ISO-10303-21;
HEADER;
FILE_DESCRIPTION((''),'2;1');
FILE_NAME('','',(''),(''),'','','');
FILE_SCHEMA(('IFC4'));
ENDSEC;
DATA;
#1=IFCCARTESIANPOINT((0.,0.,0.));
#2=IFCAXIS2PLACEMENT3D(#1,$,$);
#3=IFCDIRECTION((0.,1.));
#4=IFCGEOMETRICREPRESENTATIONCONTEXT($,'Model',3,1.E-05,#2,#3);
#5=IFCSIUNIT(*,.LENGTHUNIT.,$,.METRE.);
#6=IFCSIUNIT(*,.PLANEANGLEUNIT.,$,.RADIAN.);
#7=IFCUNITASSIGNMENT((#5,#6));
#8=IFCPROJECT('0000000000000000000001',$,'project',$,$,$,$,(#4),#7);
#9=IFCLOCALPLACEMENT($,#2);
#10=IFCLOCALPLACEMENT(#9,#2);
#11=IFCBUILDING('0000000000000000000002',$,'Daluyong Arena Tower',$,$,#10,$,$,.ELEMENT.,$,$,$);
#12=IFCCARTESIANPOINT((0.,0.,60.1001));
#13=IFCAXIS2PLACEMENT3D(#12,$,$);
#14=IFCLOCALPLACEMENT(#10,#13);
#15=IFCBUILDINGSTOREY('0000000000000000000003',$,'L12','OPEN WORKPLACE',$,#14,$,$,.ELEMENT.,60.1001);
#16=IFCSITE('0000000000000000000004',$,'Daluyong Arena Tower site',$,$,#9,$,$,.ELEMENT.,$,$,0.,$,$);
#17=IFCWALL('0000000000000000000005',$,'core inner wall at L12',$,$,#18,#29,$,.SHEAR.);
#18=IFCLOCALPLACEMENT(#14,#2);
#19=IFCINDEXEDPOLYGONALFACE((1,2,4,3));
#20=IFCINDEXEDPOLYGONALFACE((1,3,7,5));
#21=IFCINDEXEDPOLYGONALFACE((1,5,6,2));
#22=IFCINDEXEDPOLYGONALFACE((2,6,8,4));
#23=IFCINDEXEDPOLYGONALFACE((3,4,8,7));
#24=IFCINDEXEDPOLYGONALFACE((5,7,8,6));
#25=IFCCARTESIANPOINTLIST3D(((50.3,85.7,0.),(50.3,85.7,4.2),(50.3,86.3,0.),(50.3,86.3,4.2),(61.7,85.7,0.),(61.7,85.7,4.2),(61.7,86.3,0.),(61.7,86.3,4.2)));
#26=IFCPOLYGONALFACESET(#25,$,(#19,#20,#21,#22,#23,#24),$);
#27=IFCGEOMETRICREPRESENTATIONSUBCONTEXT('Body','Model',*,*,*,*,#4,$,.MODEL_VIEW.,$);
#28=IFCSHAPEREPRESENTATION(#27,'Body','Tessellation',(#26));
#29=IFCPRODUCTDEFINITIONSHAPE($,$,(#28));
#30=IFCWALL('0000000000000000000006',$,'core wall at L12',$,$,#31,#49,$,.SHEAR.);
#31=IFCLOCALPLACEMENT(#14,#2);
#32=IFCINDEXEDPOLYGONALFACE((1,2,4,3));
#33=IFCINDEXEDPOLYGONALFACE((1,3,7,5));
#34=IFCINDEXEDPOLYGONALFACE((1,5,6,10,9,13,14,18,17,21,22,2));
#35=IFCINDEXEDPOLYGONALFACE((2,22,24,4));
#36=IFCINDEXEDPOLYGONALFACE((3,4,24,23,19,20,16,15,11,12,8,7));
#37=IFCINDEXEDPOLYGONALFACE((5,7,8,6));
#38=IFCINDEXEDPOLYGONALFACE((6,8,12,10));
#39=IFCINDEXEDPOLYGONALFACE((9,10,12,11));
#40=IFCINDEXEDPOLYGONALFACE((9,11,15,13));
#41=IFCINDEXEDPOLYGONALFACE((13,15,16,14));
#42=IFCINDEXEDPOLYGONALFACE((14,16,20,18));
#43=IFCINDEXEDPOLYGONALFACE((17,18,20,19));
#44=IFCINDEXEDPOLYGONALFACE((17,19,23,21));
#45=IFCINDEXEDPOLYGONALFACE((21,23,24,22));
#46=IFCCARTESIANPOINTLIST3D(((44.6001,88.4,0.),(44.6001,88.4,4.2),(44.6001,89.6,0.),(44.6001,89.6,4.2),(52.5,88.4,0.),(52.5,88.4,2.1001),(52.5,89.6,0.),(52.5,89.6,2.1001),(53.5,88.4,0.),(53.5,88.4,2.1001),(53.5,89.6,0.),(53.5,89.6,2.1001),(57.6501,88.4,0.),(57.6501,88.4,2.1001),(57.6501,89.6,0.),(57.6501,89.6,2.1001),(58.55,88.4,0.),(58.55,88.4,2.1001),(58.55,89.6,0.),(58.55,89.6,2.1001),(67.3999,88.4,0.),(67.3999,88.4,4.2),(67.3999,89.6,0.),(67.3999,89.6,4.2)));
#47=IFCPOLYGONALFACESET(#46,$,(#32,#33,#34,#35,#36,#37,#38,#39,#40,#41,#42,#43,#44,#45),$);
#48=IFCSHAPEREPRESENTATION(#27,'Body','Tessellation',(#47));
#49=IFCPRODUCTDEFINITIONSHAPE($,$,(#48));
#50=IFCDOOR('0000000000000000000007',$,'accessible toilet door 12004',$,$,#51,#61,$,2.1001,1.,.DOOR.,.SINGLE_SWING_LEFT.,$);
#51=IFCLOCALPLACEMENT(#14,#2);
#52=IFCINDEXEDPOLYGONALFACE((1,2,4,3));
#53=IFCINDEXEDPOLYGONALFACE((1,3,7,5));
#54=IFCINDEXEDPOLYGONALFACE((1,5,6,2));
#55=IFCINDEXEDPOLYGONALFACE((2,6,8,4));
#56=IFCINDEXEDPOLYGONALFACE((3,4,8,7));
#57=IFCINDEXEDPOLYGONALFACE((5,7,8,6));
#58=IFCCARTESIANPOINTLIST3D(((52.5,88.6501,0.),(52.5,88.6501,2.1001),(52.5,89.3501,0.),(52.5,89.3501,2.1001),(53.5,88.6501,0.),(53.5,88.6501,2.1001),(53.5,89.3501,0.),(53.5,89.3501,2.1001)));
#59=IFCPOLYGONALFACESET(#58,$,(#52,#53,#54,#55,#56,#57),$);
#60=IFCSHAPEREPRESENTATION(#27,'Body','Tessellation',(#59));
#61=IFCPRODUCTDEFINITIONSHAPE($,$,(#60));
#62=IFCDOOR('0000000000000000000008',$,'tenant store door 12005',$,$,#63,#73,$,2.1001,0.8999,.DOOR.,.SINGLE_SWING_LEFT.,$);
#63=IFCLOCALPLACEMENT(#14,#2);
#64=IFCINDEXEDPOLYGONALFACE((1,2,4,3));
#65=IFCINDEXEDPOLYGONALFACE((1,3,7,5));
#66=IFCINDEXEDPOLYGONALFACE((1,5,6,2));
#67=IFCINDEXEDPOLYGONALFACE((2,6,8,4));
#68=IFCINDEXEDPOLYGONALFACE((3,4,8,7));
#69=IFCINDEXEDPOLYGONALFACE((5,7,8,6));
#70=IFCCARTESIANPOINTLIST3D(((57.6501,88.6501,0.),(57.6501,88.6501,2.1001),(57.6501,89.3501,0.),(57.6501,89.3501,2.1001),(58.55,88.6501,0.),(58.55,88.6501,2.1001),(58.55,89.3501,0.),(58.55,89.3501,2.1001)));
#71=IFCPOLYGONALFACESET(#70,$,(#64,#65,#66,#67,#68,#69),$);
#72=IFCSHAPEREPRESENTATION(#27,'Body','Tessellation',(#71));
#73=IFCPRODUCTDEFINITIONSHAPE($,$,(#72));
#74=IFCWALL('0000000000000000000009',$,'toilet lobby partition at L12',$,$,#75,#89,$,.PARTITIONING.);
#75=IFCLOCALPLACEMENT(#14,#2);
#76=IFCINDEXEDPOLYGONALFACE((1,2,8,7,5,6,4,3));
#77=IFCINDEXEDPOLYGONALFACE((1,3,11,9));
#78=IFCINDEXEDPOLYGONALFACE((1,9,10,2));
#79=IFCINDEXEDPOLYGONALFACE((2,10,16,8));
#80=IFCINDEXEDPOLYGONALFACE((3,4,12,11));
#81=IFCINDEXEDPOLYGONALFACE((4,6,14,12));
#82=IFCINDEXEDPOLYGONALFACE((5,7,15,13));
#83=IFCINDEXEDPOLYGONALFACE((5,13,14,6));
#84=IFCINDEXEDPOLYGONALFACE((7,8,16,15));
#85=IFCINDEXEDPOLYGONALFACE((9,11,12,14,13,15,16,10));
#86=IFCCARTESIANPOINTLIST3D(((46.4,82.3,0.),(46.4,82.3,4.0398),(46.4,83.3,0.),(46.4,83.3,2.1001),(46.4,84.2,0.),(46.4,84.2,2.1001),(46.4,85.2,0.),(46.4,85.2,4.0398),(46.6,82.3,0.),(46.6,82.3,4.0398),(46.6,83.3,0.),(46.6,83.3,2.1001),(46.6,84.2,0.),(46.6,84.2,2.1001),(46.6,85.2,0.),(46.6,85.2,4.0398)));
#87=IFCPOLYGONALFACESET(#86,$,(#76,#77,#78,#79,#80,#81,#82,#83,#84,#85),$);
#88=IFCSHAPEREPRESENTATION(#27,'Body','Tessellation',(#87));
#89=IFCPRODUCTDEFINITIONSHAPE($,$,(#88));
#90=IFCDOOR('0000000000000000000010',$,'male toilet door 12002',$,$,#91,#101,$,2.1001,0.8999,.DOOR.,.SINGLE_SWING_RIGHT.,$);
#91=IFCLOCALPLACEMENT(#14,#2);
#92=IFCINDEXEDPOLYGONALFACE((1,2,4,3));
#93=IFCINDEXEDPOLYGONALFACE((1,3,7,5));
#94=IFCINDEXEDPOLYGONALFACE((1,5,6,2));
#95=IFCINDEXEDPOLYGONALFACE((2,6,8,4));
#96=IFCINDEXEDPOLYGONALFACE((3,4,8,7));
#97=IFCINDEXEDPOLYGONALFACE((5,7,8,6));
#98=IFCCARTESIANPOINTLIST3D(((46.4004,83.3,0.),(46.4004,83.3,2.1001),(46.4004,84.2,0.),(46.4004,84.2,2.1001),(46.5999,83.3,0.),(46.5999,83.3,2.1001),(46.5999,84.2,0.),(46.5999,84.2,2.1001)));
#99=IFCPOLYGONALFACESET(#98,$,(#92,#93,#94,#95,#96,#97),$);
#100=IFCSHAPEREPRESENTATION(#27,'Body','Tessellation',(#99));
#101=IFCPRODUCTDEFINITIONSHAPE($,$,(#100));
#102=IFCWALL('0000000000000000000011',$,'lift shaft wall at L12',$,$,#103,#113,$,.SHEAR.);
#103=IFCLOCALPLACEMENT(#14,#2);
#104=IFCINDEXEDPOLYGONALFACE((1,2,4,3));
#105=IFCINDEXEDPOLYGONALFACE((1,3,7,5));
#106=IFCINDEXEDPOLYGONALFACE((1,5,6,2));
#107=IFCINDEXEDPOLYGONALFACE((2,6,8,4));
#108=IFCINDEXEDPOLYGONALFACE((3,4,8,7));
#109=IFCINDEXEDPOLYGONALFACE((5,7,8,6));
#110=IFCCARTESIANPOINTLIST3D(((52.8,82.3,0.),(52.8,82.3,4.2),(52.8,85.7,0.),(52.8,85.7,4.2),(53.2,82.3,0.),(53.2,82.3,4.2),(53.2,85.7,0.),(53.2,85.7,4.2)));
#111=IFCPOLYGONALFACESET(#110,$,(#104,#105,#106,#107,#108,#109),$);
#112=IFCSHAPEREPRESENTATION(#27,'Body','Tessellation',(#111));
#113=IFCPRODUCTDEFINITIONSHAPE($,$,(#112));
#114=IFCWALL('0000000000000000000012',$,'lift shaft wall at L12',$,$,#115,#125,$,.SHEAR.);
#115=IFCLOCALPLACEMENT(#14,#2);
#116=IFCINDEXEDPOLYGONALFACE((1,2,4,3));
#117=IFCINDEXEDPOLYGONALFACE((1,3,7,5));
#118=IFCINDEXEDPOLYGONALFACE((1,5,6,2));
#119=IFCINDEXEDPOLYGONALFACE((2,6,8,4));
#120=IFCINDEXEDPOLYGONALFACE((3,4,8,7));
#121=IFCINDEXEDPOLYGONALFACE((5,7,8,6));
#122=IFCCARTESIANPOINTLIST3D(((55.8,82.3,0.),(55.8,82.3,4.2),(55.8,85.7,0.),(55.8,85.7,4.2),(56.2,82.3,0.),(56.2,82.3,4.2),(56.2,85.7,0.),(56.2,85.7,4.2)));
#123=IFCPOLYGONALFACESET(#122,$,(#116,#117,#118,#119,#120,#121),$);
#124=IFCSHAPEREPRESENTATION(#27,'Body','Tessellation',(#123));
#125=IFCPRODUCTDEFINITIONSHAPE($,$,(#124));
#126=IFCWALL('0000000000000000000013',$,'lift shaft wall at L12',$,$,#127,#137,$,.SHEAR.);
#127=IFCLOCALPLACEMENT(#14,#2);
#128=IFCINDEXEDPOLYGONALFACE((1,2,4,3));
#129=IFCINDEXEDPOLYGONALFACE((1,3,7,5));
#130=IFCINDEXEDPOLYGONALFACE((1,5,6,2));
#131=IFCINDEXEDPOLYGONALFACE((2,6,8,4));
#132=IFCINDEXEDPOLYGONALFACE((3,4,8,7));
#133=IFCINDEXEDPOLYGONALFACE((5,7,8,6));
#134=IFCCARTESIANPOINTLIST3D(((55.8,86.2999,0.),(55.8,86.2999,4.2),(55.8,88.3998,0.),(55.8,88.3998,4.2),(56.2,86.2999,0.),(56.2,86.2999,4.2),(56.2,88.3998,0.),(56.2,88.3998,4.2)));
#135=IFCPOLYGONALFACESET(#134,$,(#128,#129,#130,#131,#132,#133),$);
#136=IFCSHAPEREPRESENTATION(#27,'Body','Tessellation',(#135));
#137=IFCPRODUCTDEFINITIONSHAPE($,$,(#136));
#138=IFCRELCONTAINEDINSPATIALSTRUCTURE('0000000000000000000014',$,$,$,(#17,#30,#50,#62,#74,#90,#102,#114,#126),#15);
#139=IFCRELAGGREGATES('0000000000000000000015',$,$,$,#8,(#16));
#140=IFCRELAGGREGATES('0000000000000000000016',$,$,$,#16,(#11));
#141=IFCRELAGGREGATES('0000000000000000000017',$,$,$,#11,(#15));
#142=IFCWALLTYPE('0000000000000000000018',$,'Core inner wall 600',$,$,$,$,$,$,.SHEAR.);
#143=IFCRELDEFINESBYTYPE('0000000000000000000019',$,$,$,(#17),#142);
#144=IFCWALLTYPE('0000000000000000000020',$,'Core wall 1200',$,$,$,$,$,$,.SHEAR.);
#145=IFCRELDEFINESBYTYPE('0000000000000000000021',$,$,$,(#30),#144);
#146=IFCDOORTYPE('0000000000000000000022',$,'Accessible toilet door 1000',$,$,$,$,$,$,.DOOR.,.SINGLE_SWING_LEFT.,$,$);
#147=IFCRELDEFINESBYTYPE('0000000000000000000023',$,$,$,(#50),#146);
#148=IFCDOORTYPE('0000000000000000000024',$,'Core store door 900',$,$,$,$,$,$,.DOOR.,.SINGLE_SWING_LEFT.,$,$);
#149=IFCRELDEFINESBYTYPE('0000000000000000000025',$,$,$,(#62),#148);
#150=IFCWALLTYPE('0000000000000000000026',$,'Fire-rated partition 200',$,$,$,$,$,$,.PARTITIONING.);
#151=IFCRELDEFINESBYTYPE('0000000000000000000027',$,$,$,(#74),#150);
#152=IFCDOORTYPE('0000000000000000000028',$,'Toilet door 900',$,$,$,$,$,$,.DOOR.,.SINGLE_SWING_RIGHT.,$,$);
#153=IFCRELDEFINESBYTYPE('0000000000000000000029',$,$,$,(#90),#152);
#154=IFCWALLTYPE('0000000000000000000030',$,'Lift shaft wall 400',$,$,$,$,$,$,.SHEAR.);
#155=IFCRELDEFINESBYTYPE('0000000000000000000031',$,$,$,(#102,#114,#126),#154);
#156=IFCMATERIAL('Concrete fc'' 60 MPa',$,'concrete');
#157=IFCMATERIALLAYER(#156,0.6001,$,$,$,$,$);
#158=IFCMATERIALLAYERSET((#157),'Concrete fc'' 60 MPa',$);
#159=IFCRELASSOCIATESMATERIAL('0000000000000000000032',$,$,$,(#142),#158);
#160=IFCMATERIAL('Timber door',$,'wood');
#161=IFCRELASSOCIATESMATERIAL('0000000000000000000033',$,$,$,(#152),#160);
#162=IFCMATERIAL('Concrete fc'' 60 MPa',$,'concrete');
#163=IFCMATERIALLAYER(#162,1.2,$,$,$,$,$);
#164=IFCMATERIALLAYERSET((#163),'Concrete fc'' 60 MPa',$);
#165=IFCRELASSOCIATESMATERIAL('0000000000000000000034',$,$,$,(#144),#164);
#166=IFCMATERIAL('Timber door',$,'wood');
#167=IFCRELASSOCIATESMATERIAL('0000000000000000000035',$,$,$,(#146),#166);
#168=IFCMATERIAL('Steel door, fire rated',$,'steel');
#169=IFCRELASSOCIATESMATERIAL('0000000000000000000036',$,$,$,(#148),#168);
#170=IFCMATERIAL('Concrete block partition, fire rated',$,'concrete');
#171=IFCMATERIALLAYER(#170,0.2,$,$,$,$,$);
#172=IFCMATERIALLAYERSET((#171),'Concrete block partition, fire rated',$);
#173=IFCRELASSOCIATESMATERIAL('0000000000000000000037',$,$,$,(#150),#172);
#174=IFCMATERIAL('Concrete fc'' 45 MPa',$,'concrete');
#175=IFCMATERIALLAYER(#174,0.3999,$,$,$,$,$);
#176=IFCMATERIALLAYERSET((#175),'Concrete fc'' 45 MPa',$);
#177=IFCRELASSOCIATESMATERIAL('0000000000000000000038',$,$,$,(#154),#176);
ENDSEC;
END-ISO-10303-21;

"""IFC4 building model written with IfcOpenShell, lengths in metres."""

from ifc_helpers import new_model, si_unit, direction, frame, frame_2d, origin, place, context, subcontext, project, spatial, rectangle, extrude, material, layer, layer_set, type_object, element, fill, save


model = new_model("IFC4")

# Units and contexts
model_context = context("Model", 3, precision=1e-05, world=origin(), true_north=direction((0.0, 1.0)))
body_context = subcontext(model_context, "Body", "Model", "MODEL_VIEW")
ifc_project = project(units=[si_unit("LENGTHUNIT", "METRE"), si_unit("PLANEANGLEUNIT", "RADIAN")], contexts=[model_context])

# Site, building, storey
site_placement = place(None, origin())
site = spatial("IfcSite", under=ifc_project, at=site_placement, Name="Daluyong Arena Tower site", CompositionType="ELEMENT", RefElevation=0.0)
building_placement = place(site_placement, origin())
building = spatial("IfcBuilding", under=site, at=building_placement, Name="Daluyong Arena Tower", CompositionType="ELEMENT")
storey_placement = place(building_placement, frame((0.0, 0.0, 60.1001)))
storey = spatial("IfcBuildingStorey", under=building, at=storey_placement, Name="L12", Description="OPEN WORKPLACE", CompositionType="ELEMENT", Elevation=60.1001)

# Shared definitions
ifc_material_1 = material(Name="Concrete fc' 60 MPa", Category="concrete")
ifc_layer_1 = layer(ifc_material_1, 0.6001)
ifc_layer_set_1 = layer_set([ifc_layer_1], Name="Concrete fc' 60 MPa")
wall_type_1 = type_object("IfcWallType", Name="Core inner wall 600", PredefinedType="SHEAR", material=ifc_layer_set_1)
ifc_material_2 = material(Name="Timber door", Category="wood")
door_type_1 = type_object("IfcDoorType", Name="Toilet door 900", OperationType="SINGLE_SWING_RIGHT", PredefinedType="DOOR", material=ifc_material_2)

# Wall
for number, where, z_axis, x_axis, name in (
    (1, (50.3, 86.0, 0.0), (0.0, 0.0, 1.0), (1.0, 0.0, 0.0), "core inner wall at L12"),
):
    element("IfcWall", number, at=place(storey_placement, frame(where, z_axis=z_axis, x_axis=x_axis)), inside=storey, type_object=wall_type_1, Name=name, PredefinedType="SHEAR", context=body_context, shape_type="SweptSolid", body=[
        extrude(rectangle(XDim=11.3999, YDim=0.6001, at=frame_2d((5.7, 0.0))), origin(), (0.0, 0.0, 1.0), 4.2),
    ])

# Wall, openings, doors
ifc_material_3 = material(Name="Concrete fc' 60 MPa", Category="concrete")
ifc_layer_2 = layer(ifc_material_3, 1.2)
ifc_layer_set_2 = layer_set([ifc_layer_2], Name="Concrete fc' 60 MPa")
wall_type_2 = type_object("IfcWallType", Name="Core wall 1200", PredefinedType="SHEAR", material=ifc_layer_set_2)
wall_1_placement = place(storey_placement, frame((44.6001, 89.0, 0.0), z_axis=(0.0, 0.0, 1.0), x_axis=(1.0, 0.0, 0.0)))
wall_1 = element("IfcWall", 2, at=wall_1_placement, inside=storey, type_object=wall_type_2, Name="core wall at L12", PredefinedType="SHEAR", context=body_context, shape_type="SweptSolid", body=[
    extrude(rectangle(XDim=22.7998, YDim=1.2, at=frame_2d((11.3999, 0.0))), origin(), (0.0, 0.0, 1.0), 4.2),
])
opening_1_placement = place(wall_1_placement, frame((7.8999, 0.0, 0.0)))
opening_1 = element("IfcOpeningElement", 3, at=opening_1_placement, cuts=wall_1, PredefinedType="OPENING", context=body_context, shape_type="SweptSolid", body=[
    extrude(rectangle(XDim=1.0, YDim=2.1001, at=frame_2d((0.5, 1.05))), frame((0.0, 0.6099, 0.0), z_axis=(0.0, -1.0, 0.0), x_axis=(1.0, 0.0, 0.0)), (0.0, 0.0, 1.0), 1.22),
])
opening_2_placement = place(wall_1_placement, frame((13.05, 0.0, 0.0)))
opening_2 = element("IfcOpeningElement", 4, at=opening_2_placement, cuts=wall_1, PredefinedType="OPENING", context=body_context, shape_type="SweptSolid", body=[
    extrude(rectangle(XDim=0.8999, YDim=2.1001, at=frame_2d((0.45, 1.05))), frame((0.0, 0.6099, 0.0), z_axis=(0.0, -1.0, 0.0), x_axis=(1.0, 0.0, 0.0)), (0.0, 0.0, 1.0), 1.22),
])
ifc_material_4 = material(Name="Timber door", Category="wood")
door_type_2 = type_object("IfcDoorType", Name="Accessible toilet door 1000", OperationType="SINGLE_SWING_LEFT", PredefinedType="DOOR", material=ifc_material_4)
door_1_placement = place(opening_1_placement, origin())
door_1 = element("IfcDoor", 5, at=door_1_placement, inside=storey, type_object=door_type_2, Name="accessible toilet door 12004", OperationType="SINGLE_SWING_LEFT", OverallHeight=2.1001, OverallWidth=1.0, PredefinedType="DOOR", context=body_context, shape_type="SweptSolid", body=[
    extrude(rectangle(XDim=1.0, YDim=2.1001, at=frame_2d((0.5, 1.05))), frame((0.0, 0.3501, 0.0), z_axis=(0.0, -1.0, 0.0), x_axis=(1.0, 0.0, 0.0)), (0.0, 0.0, 1.0), 0.7),
])
fill(opening_1, door_1)
ifc_material_5 = material(Name="Steel door, fire rated", Category="steel")
door_type_3 = type_object("IfcDoorType", Name="Core store door 900", OperationType="SINGLE_SWING_LEFT", PredefinedType="DOOR", material=ifc_material_5)
door_2_placement = place(opening_2_placement, origin())
door_2 = element("IfcDoor", 6, at=door_2_placement, inside=storey, type_object=door_type_3, Name="tenant store door 12005", OperationType="SINGLE_SWING_LEFT", OverallHeight=2.1001, OverallWidth=0.8999, PredefinedType="DOOR", context=body_context, shape_type="SweptSolid", body=[
    extrude(rectangle(XDim=0.8999, YDim=2.1001, at=frame_2d((0.45, 1.05))), frame((0.0, 0.3501, 0.0), z_axis=(0.0, -1.0, 0.0), x_axis=(1.0, 0.0, 0.0)), (0.0, 0.0, 1.0), 0.7),
])
fill(opening_2, door_2)

# Wall, opening, door
ifc_material_6 = material(Name="Concrete block partition, fire rated", Category="concrete")
ifc_layer_3 = layer(ifc_material_6, 0.2)
ifc_layer_set_3 = layer_set([ifc_layer_3], Name="Concrete block partition, fire rated")
wall_type_3 = type_object("IfcWallType", Name="Fire-rated partition 200", PredefinedType="PARTITIONING", material=ifc_layer_set_3)
wall_2_placement = place(storey_placement, frame((46.5, 82.3, 0.0), z_axis=(0.0, 0.0, 1.0), x_axis=(0.0, 1.0, 0.0)))
wall_2 = element("IfcWall", 7, at=wall_2_placement, inside=storey, type_object=wall_type_3, Name="toilet lobby partition at L12", PredefinedType="PARTITIONING", context=body_context, shape_type="SweptSolid", body=[
    extrude(rectangle(XDim=2.8999, YDim=0.2, at=frame_2d((1.45, 0.0))), origin(), (0.0, 0.0, 1.0), 4.0398),
])
opening_3_placement = place(wall_2_placement, frame((1.0, 0.0, 0.0)))
opening_3 = element("IfcOpeningElement", 8, at=opening_3_placement, cuts=wall_2, PredefinedType="OPENING", context=body_context, shape_type="SweptSolid", body=[
    extrude(rectangle(XDim=0.8999, YDim=2.1001, at=frame_2d((0.45, 1.05))), frame((0.0, 0.1099, 0.0), z_axis=(0.0, -1.0, 0.0), x_axis=(1.0, 0.0, 0.0)), (0.0, 0.0, 1.0), 0.22),
])
door_3_placement = place(opening_3_placement, origin())
door_3 = element("IfcDoor", 9, at=door_3_placement, inside=storey, type_object=door_type_1, Name="male toilet door 12002", OperationType="SINGLE_SWING_RIGHT", OverallHeight=2.1001, OverallWidth=0.8999, PredefinedType="DOOR", context=body_context, shape_type="SweptSolid", body=[
    extrude(rectangle(XDim=0.8999, YDim=2.1001, at=frame_2d((0.45, 1.05))), frame((0.0, 0.0996, 0.0), z_axis=(0.0, -1.0, 0.0), x_axis=(1.0, 0.0, 0.0)), (0.0, 0.0, 1.0), 0.1995),
])
fill(opening_3, door_3)

# Walls
ifc_material_7 = material(Name="Concrete fc' 45 MPa", Category="concrete")
ifc_layer_4 = layer(ifc_material_7, 0.3999)
ifc_layer_set_4 = layer_set([ifc_layer_4], Name="Concrete fc' 45 MPa")
wall_type_4 = type_object("IfcWallType", Name="Lift shaft wall 400", PredefinedType="SHEAR", material=ifc_layer_set_4)
for number, where, z_axis, x_axis, name in (
    (10, (53.0, 82.3, 0.0), (0.0, 0.0, 1.0), (0.0, 1.0, 0.0), "lift shaft wall at L12"),
    (11, (56.0, 82.3, 0.0), (0.0, 0.0, 1.0), (0.0, 1.0, 0.0), "lift shaft wall at L12"),
):
    element("IfcWall", number, at=place(storey_placement, frame(where, z_axis=z_axis, x_axis=x_axis)), inside=storey, type_object=wall_type_4, Name=name, PredefinedType="SHEAR", context=body_context, shape_type="SweptSolid", body=[
        extrude(rectangle(XDim=3.3999, YDim=0.3999, at=frame_2d((1.7, 0.0))), origin(), (0.0, 0.0, 1.0), 4.2),
    ])
wall_3_placement = place(storey_placement, frame((56.0, 86.3, 0.0), z_axis=(0.0, 0.0, 1.0), x_axis=(0.0, 1.0, 0.0)))
element("IfcWall", 12, at=wall_3_placement, inside=storey, type_object=wall_type_4, Name="lift shaft wall at L12", PredefinedType="SHEAR", context=body_context, shape_type="SweptSolid", body=[
    extrude(rectangle(XDim=2.0999, YDim=0.3999, at=frame_2d((1.0498, 0.0))), origin(), (0.0, 0.0, 1.0), 4.2),
])

save(model, "model.ifc")
